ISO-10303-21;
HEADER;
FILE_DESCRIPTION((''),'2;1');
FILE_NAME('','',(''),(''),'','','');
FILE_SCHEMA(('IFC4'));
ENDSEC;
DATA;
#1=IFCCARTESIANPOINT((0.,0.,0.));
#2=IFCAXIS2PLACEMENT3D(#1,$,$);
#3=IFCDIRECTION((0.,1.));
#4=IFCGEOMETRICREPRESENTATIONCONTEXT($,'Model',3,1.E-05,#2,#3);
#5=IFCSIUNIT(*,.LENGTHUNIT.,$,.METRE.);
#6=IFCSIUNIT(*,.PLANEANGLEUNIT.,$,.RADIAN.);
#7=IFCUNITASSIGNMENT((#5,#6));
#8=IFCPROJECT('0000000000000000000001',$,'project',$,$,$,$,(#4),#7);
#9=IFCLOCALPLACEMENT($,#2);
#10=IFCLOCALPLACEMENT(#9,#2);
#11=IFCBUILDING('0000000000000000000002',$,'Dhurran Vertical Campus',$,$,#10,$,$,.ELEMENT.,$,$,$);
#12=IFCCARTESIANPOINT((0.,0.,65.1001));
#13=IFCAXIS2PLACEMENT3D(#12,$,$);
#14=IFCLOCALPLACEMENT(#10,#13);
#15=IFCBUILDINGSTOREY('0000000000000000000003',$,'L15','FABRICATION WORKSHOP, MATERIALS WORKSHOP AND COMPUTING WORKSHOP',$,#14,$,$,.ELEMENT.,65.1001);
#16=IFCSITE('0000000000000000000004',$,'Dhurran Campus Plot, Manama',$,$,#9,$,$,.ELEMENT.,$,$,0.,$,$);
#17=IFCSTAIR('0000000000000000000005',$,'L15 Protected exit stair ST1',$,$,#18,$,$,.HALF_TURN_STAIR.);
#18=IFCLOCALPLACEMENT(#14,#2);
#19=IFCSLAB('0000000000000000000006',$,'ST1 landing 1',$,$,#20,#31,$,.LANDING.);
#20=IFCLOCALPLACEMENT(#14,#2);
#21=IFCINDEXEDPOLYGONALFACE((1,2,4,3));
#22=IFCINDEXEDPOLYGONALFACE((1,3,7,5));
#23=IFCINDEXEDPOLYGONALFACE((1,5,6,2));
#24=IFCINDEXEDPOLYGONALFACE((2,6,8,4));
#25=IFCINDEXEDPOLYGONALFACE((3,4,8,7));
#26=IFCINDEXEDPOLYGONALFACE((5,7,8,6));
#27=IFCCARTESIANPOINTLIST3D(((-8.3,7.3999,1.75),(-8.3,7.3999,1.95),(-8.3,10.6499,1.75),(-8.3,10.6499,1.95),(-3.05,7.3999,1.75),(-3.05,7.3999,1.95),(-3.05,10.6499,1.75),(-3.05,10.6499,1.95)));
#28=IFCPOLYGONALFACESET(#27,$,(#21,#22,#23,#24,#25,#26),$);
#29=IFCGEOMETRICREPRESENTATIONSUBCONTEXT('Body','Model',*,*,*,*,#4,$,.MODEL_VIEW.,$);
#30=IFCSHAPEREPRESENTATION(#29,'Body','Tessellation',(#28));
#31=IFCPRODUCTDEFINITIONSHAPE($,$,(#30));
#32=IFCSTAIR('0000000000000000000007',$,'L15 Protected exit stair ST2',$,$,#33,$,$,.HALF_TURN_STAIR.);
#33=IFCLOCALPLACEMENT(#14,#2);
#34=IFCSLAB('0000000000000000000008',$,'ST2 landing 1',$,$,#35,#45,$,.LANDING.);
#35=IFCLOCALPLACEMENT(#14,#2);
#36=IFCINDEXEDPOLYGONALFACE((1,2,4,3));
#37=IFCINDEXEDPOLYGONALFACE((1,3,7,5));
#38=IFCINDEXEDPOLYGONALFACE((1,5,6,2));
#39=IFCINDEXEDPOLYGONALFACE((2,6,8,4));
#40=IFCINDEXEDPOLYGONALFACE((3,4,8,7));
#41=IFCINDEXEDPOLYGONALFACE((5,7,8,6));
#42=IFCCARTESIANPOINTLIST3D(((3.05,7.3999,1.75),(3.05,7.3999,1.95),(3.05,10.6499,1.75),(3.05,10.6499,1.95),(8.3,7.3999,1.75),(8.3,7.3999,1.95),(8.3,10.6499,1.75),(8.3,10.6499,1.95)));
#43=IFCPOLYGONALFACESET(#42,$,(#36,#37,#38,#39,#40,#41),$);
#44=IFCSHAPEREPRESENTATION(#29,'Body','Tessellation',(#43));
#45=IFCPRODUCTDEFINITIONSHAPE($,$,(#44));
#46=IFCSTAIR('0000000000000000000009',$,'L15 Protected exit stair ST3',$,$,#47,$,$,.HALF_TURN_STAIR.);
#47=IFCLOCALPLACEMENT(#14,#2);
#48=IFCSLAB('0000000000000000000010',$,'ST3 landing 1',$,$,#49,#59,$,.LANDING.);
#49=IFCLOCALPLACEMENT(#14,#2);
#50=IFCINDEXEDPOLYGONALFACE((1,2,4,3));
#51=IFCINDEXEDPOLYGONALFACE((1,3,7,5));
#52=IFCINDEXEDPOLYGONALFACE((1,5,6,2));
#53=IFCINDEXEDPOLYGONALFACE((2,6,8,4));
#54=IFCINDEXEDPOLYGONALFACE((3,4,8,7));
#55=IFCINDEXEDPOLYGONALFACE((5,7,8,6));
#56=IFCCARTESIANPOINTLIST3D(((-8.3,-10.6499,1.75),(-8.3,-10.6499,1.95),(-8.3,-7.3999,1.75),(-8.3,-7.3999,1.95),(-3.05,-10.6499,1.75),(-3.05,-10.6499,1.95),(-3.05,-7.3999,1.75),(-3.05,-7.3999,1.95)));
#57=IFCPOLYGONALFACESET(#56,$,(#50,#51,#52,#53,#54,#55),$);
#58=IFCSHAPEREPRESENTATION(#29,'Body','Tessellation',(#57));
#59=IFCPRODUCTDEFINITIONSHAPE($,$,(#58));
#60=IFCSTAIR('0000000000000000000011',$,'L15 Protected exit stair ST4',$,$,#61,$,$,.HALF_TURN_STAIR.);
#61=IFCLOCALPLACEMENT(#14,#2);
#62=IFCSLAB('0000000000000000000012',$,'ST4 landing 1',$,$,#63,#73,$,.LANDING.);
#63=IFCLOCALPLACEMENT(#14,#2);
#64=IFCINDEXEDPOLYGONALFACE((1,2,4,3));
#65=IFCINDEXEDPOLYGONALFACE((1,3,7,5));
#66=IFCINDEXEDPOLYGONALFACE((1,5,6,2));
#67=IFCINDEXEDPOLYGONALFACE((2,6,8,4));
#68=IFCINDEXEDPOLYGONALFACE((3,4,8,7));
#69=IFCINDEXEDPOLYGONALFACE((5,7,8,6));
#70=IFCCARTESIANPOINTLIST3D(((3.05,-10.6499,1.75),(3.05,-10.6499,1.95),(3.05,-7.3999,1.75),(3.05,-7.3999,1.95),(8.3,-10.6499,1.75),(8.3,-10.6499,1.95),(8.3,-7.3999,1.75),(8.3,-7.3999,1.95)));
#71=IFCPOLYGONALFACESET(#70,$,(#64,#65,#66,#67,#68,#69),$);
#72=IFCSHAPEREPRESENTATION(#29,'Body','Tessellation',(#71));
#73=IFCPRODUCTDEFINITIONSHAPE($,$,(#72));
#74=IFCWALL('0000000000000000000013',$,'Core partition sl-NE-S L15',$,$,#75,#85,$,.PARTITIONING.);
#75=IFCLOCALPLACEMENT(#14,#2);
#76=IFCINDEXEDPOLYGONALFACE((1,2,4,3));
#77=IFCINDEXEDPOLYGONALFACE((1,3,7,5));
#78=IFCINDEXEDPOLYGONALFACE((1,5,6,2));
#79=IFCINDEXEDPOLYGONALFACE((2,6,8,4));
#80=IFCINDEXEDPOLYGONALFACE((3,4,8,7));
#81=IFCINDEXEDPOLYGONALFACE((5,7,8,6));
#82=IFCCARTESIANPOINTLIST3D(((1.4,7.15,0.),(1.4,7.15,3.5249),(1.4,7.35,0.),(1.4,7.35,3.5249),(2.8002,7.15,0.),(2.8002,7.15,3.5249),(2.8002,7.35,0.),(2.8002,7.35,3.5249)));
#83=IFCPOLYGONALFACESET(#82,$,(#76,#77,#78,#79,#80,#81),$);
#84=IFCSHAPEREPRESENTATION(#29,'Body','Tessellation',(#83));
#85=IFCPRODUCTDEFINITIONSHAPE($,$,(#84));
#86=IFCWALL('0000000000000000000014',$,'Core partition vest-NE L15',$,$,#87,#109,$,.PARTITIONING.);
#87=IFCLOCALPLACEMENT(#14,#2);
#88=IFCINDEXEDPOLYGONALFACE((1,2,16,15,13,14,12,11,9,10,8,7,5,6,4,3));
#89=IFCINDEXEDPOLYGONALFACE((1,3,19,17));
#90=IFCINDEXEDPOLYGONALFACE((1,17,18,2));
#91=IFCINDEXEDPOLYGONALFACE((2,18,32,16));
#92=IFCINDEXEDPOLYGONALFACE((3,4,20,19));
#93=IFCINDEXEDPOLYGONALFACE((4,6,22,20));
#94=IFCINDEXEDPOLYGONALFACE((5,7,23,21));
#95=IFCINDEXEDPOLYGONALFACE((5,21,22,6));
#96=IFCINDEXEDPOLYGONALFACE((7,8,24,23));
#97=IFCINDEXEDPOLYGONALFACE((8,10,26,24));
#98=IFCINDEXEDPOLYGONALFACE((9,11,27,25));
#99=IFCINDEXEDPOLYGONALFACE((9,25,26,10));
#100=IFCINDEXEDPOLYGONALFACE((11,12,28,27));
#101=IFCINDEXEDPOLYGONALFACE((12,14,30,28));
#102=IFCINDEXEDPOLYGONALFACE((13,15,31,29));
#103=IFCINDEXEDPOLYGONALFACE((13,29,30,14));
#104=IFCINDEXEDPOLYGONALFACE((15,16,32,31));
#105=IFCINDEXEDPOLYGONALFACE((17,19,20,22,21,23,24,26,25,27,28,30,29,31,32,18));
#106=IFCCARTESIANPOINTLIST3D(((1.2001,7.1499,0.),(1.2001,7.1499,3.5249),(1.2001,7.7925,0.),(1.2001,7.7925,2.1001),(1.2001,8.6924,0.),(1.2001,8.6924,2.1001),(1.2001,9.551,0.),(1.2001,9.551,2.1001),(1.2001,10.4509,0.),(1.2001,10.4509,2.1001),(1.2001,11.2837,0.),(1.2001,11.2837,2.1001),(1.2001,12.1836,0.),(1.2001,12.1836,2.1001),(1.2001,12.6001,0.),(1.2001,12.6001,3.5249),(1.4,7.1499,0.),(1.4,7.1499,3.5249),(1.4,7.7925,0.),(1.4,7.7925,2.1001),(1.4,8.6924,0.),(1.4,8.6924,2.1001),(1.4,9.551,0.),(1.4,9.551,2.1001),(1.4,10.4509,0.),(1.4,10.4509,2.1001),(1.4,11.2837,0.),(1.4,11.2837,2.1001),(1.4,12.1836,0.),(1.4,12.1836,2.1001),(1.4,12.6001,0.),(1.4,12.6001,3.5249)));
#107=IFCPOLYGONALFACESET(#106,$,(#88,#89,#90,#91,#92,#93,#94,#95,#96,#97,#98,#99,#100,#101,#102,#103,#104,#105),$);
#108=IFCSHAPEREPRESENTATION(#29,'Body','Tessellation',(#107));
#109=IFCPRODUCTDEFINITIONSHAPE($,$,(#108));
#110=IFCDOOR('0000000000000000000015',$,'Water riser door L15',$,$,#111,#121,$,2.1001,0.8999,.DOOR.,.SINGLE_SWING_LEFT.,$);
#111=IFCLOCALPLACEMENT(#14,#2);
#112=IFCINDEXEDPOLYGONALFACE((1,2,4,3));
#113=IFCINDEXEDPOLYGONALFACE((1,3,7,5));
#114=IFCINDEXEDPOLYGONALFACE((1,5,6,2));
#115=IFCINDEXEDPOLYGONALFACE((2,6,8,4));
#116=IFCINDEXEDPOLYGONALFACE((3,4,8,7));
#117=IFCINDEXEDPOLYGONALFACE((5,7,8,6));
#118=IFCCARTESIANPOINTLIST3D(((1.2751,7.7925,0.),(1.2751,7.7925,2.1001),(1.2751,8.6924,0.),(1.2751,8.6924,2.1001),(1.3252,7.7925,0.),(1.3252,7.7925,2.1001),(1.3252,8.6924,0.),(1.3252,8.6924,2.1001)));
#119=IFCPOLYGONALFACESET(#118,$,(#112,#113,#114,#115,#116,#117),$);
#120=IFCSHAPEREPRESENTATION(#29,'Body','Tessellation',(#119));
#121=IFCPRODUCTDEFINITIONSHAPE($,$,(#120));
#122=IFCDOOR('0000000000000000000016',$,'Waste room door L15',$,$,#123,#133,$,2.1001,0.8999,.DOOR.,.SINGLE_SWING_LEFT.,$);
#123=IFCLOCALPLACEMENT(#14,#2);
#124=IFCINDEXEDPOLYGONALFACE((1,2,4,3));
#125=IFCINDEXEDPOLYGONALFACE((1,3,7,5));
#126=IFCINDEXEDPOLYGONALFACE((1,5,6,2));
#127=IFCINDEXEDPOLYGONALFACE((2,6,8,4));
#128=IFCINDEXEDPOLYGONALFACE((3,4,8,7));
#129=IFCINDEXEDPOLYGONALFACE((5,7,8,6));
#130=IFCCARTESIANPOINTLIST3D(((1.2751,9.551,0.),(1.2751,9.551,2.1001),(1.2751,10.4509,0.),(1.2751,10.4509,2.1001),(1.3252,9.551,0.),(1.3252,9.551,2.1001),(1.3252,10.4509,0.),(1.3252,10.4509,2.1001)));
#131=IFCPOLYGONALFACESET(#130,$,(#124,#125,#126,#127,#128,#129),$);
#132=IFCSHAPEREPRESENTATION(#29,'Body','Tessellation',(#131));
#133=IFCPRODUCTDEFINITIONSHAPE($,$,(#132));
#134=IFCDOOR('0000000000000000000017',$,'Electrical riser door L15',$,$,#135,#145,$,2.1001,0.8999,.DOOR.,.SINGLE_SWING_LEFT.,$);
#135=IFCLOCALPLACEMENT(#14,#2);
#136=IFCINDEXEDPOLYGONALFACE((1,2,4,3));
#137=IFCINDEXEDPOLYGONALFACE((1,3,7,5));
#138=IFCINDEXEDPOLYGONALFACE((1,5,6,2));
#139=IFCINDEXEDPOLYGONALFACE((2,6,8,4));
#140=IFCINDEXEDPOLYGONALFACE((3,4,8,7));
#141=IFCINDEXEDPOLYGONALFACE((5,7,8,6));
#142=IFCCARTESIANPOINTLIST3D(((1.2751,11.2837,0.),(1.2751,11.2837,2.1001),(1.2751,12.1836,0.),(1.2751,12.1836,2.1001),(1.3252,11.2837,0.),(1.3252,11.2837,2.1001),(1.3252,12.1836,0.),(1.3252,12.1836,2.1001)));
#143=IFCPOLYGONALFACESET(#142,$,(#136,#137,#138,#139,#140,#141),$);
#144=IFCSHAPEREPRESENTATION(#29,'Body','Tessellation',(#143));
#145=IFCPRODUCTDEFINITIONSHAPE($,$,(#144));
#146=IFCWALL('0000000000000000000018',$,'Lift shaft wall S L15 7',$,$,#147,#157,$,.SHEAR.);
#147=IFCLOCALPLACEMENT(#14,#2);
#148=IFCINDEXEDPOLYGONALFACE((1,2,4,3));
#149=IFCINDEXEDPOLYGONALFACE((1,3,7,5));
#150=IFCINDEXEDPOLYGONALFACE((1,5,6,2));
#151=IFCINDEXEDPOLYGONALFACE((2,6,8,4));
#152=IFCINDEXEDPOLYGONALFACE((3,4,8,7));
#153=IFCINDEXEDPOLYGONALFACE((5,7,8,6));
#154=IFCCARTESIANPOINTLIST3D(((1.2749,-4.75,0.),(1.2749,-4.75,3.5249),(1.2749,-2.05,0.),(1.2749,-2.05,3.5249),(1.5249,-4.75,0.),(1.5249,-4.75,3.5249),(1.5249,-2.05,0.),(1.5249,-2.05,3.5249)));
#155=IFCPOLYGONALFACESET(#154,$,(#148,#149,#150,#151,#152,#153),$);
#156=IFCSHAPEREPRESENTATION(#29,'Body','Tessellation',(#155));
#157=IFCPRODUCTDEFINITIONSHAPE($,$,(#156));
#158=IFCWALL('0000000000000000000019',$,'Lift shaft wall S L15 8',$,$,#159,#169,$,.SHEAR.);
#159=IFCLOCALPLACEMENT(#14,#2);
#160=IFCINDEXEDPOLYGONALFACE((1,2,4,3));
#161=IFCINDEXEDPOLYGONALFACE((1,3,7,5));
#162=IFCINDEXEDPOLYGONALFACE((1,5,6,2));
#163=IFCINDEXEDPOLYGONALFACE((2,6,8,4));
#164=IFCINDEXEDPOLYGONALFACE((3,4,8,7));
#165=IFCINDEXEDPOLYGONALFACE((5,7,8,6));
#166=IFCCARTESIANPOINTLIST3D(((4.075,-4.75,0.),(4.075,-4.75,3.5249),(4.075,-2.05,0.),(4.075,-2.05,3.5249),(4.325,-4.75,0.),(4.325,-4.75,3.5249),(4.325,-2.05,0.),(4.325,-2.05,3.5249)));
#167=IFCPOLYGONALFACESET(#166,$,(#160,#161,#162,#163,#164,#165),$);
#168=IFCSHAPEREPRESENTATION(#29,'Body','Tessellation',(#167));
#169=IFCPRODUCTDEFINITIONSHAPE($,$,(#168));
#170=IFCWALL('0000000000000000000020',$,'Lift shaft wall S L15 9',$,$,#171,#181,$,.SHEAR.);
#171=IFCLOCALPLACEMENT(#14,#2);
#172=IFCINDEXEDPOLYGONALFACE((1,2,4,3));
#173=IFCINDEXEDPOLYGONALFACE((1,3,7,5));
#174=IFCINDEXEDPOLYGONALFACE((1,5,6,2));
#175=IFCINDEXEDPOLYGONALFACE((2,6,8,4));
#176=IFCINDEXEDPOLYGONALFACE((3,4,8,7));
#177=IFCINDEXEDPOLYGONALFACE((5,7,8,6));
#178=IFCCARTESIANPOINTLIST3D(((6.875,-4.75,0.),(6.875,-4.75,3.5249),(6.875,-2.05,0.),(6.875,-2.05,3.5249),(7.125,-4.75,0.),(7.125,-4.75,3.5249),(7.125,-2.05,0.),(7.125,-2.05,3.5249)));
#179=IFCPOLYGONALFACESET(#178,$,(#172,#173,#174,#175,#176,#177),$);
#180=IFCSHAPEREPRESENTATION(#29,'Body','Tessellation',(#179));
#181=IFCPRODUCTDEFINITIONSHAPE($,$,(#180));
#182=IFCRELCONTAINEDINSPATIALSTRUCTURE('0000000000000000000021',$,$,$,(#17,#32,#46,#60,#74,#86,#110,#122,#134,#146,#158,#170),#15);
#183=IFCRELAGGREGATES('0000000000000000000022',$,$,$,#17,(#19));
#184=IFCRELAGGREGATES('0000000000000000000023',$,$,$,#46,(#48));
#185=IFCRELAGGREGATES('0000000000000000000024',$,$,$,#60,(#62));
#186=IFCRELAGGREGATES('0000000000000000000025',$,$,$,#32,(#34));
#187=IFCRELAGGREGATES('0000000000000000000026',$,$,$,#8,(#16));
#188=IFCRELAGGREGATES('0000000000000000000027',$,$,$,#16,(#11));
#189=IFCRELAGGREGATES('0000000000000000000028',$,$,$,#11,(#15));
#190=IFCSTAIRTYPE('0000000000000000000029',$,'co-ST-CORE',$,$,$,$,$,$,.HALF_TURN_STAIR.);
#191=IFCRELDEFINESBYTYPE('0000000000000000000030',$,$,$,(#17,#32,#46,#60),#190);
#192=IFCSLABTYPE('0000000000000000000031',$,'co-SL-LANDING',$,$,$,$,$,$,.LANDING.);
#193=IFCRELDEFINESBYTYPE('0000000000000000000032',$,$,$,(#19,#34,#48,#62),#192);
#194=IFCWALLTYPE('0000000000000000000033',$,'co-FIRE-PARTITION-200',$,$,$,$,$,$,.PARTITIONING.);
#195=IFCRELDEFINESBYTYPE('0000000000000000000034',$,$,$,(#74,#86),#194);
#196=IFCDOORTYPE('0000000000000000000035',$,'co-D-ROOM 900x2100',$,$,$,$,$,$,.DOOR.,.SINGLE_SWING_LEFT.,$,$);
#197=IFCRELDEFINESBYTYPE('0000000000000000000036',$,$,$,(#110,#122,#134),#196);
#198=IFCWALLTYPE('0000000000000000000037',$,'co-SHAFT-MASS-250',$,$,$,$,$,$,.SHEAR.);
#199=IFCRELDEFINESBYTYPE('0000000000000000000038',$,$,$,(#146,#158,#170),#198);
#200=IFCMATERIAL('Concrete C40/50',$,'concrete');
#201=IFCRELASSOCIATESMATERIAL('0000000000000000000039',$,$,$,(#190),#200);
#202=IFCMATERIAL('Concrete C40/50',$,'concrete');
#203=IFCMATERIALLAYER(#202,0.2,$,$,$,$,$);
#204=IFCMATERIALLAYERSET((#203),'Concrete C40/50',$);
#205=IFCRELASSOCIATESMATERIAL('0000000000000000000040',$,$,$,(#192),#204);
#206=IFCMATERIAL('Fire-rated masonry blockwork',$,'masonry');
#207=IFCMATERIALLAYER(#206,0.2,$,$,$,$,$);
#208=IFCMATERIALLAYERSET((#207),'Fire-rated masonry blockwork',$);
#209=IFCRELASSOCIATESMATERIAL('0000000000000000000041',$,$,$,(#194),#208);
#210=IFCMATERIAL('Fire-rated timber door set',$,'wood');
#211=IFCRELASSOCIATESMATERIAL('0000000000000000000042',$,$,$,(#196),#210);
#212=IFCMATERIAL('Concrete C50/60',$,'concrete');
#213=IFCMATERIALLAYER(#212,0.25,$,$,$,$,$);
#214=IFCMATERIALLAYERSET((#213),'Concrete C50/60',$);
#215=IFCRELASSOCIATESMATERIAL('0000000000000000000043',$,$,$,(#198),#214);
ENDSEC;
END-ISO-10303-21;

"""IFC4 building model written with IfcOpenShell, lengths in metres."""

from ifc_helpers import new_model, si_unit, direction, frame, frame_2d, origin, place, context, subcontext, project, spatial, polyline, rectangle, outline, extrude, material, layer, layer_set, type_object, element, fill, aggregate, save


model = new_model("IFC4")

# Units and contexts
model_context = context("Model", 3, precision=1e-05, world=origin(), true_north=direction((0.0, 1.0)))
body_context = subcontext(model_context, "Body", "Model", "MODEL_VIEW")
ifc_project = project(units=[si_unit("LENGTHUNIT", "METRE"), si_unit("PLANEANGLEUNIT", "RADIAN")], contexts=[model_context])

# Site, building, storey
site_placement = place(None, origin())
site = spatial("IfcSite", under=ifc_project, at=site_placement, Name="Dhurran Campus Plot, Manama", CompositionType="ELEMENT", RefElevation=0.0)
building_placement = place(site_placement, origin())
building = spatial("IfcBuilding", under=site, at=building_placement, Name="Dhurran Vertical Campus", CompositionType="ELEMENT")
storey_placement = place(building_placement, frame((0.0, 0.0, 65.1001)))
storey = spatial("IfcBuildingStorey", under=building, at=storey_placement, Name="L15", Description="FABRICATION WORKSHOP, MATERIALS WORKSHOP AND COMPUTING WORKSHOP", CompositionType="ELEMENT", Elevation=65.1001)

# Stairs, slabs
ifc_material_1 = material(Name="Concrete C40/50", Category="concrete")
stair_type = type_object("IfcStairType", Name="co-ST-CORE", PredefinedType="HALF_TURN_STAIR", material=ifc_material_1)
stair_1_placement = place(storey_placement, origin())
stair_1 = element("IfcStair", 1, at=stair_1_placement, inside=storey, type_object=stair_type, Name="L15 Protected exit stair ST1", PredefinedType="HALF_TURN_STAIR")
ifc_material_2 = material(Name="Concrete C40/50", Category="concrete")
ifc_layer_1 = layer(ifc_material_2, 0.2)
ifc_layer_set_1 = layer_set([ifc_layer_1], Name="Concrete C40/50")
slab_type = type_object("IfcSlabType", Name="co-SL-LANDING", PredefinedType="LANDING", material=ifc_layer_set_1)
slab_1_placement = place(storey_placement, frame((0.0, 0.0, 1.75)))
slab_1 = element("IfcSlab", 2, at=slab_1_placement, type_object=slab_type, Name="ST1 landing 1", PredefinedType="LANDING", context=body_context, shape_type="SweptSolid", body=[
    extrude(outline(polyline([(-8.3, 7.3999), (-3.05, 7.3999), (-3.05, 10.6499), (-8.3, 10.6499), (-8.3, 7.3999)])), origin(), (0.0, 0.0, 1.0), 0.2),
])
aggregate(stair_1, [slab_1])
stair_2_placement = place(storey_placement, origin())
stair_2 = element("IfcStair", 3, at=stair_2_placement, inside=storey, type_object=stair_type, Name="L15 Protected exit stair ST2", PredefinedType="HALF_TURN_STAIR")
slab_2_placement = place(storey_placement, frame((0.0, 0.0, 1.75)))
slab_2 = element("IfcSlab", 4, at=slab_2_placement, type_object=slab_type, Name="ST2 landing 1", PredefinedType="LANDING", context=body_context, shape_type="SweptSolid", body=[
    extrude(outline(polyline([(8.3, 10.6499), (3.05, 10.6499), (3.05, 7.3999), (8.3, 7.3999), (8.3, 10.6499)])), origin(), (0.0, 0.0, 1.0), 0.2),
])
stair_3_placement = place(storey_placement, origin())
stair_3 = element("IfcStair", 5, at=stair_3_placement, inside=storey, type_object=stair_type, Name="L15 Protected exit stair ST3", PredefinedType="HALF_TURN_STAIR")
slab_3_placement = place(storey_placement, frame((0.0, 0.0, 1.75)))
slab_3 = element("IfcSlab", 6, at=slab_3_placement, type_object=slab_type, Name="ST3 landing 1", PredefinedType="LANDING", context=body_context, shape_type="SweptSolid", body=[
    extrude(outline(polyline([(-8.3, -10.6499), (-3.05, -10.6499), (-3.05, -7.3999), (-8.3, -7.3999), (-8.3, -10.6499)])), origin(), (0.0, 0.0, 1.0), 0.2),
])
aggregate(stair_3, [slab_3])
stair_4_placement = place(storey_placement, origin())
stair_4 = element("IfcStair", 7, at=stair_4_placement, inside=storey, type_object=stair_type, Name="L15 Protected exit stair ST4", PredefinedType="HALF_TURN_STAIR")
slab_4_placement = place(storey_placement, frame((0.0, 0.0, 1.75)))
slab_4 = element("IfcSlab", 8, at=slab_4_placement, type_object=slab_type, Name="ST4 landing 1", PredefinedType="LANDING", context=body_context, shape_type="SweptSolid", body=[
    extrude(outline(polyline([(8.3, -7.3999), (3.05, -7.3999), (3.05, -10.6499), (8.3, -10.6499), (8.3, -7.3999)])), origin(), (0.0, 0.0, 1.0), 0.2),
])
aggregate(stair_4, [slab_4])

# Wall
ifc_material_3 = material(Name="Fire-rated masonry blockwork", Category="masonry")
ifc_layer_2 = layer(ifc_material_3, 0.2)
ifc_layer_set_2 = layer_set([ifc_layer_2], Name="Fire-rated masonry blockwork")
wall_type_1 = type_object("IfcWallType", Name="co-FIRE-PARTITION-200", PredefinedType="PARTITIONING", material=ifc_layer_set_2)
wall_1_placement = place(storey_placement, frame((1.3999, 7.25, 0.0), z_axis=(0.0, 0.0, 1.0), x_axis=(1.0, 0.0, 0.0)))
element("IfcWall", 9, at=wall_1_placement, inside=storey, type_object=wall_type_1, Name="Core partition sl-NE-S L15", PredefinedType="PARTITIONING", context=body_context, shape_type="SweptSolid", body=[
    extrude(rectangle(XDim=1.4001, YDim=0.2, at=frame_2d((0.7002, 0.0))), origin(), (0.0, 0.0, 1.0), 3.5249),
])

# Wall, openings, doors
wall_2_placement = place(storey_placement, frame((1.3, 7.1499, 0.0), z_axis=(0.0, 0.0, 1.0), x_axis=(0.0, 1.0, 0.0)))
wall_2 = element("IfcWall", 10, at=wall_2_placement, inside=storey, type_object=wall_type_1, Name="Core partition vest-NE L15", PredefinedType="PARTITIONING", context=body_context, shape_type="SweptSolid", body=[
    extrude(rectangle(XDim=5.4502, YDim=0.2, at=frame_2d((2.7251, 0.0))), origin(), (0.0, 0.0, 1.0), 3.5249),
])
opening_1_placement = place(wall_2_placement, frame((0.6426, 0.0, 0.0)))
opening_1 = element("IfcOpeningElement", 11, at=opening_1_placement, cuts=wall_2, PredefinedType="OPENING", context=body_context, shape_type="SweptSolid", body=[
    extrude(rectangle(XDim=0.8999, YDim=2.1001, at=frame_2d((0.45, 1.05))), frame((0.0, 0.1099, 0.0), z_axis=(0.0, -1.0, 0.0), x_axis=(1.0, 0.0, 0.0)), (0.0, 0.0, 1.0), 0.22),
])
opening_2_placement = place(wall_2_placement, frame((2.4011, 0.0, 0.0)))
opening_2 = element("IfcOpeningElement", 12, at=opening_2_placement, cuts=wall_2, PredefinedType="OPENING", context=body_context, shape_type="SweptSolid", body=[
    extrude(rectangle(XDim=0.8999, YDim=2.1001, at=frame_2d((0.45, 1.05))), frame((0.0, 0.1099, 0.0), z_axis=(0.0, -1.0, 0.0), x_axis=(1.0, 0.0, 0.0)), (0.0, 0.0, 1.0), 0.22),
])
opening_3_placement = place(wall_2_placement, frame((4.1338, 0.0, 0.0)))
opening_3 = element("IfcOpeningElement", 13, at=opening_3_placement, cuts=wall_2, PredefinedType="OPENING", context=body_context, shape_type="SweptSolid", body=[
    extrude(rectangle(XDim=0.8999, YDim=2.1001, at=frame_2d((0.45, 1.05))), frame((0.0, 0.1099, 0.0), z_axis=(0.0, -1.0, 0.0), x_axis=(1.0, 0.0, 0.0)), (0.0, 0.0, 1.0), 0.22),
])
ifc_material_4 = material(Name="Fire-rated timber door set", Category="wood")
door_type_1 = type_object("IfcDoorType", Name="co-D-ROOM 900x2100", OperationType="SINGLE_SWING_LEFT", PredefinedType="DOOR", material=ifc_material_4)
door_1_placement = place(opening_1_placement, origin())
door_1 = element("IfcDoor", 14, at=door_1_placement, inside=storey, type_object=door_type_1, Name="Water riser door L15", OperationType="SINGLE_SWING_LEFT", OverallHeight=2.1001, OverallWidth=0.8999, PredefinedType="DOOR", context=body_context, shape_type="SweptSolid", body=[
    extrude(rectangle(XDim=0.8999, YDim=2.1001, at=frame_2d((0.45, 1.05))), frame((0.0, 0.0249, 0.0), z_axis=(0.0, -1.0, 0.0), x_axis=(1.0, 0.0, 0.0)), (0.0, 0.0, 1.0), 0.05),
])
fill(opening_1, door_1)
door_2_placement = place(opening_2_placement, origin())
door_2 = element("IfcDoor", 15, at=door_2_placement, inside=storey, type_object=door_type_1, Name="Waste room door L15", OperationType="SINGLE_SWING_LEFT", OverallHeight=2.1001, OverallWidth=0.8999, PredefinedType="DOOR", context=body_context, shape_type="SweptSolid", body=[
    extrude(rectangle(XDim=0.8999, YDim=2.1001, at=frame_2d((0.45, 1.05))), frame((0.0, 0.0249, 0.0), z_axis=(0.0, -1.0, 0.0), x_axis=(1.0, 0.0, 0.0)), (0.0, 0.0, 1.0), 0.05),
])
fill(opening_2, door_2)
door_3_placement = place(opening_3_placement, origin())
door_3 = element("IfcDoor", 16, at=door_3_placement, inside=storey, type_object=door_type_1, Name="Electrical riser door L15", OperationType="SINGLE_SWING_LEFT", OverallHeight=2.1001, OverallWidth=0.8999, PredefinedType="DOOR", context=body_context, shape_type="SweptSolid", body=[
    extrude(rectangle(XDim=0.8999, YDim=2.1001, at=frame_2d((0.45, 1.05))), frame((0.0, 0.0249, 0.0), z_axis=(0.0, -1.0, 0.0), x_axis=(1.0, 0.0, 0.0)), (0.0, 0.0, 1.0), 0.05),
])
fill(opening_3, door_3)

# Walls
ifc_material_5 = material(Name="Concrete C50/60", Category="concrete")
ifc_layer_3 = layer(ifc_material_5, 0.25)
ifc_layer_set_3 = layer_set([ifc_layer_3], Name="Concrete C50/60")
wall_type_2 = type_object("IfcWallType", Name="co-SHAFT-MASS-250", PredefinedType="SHEAR", material=ifc_layer_set_3)
wall_3_placement = place(storey_placement, origin())
element("IfcWall", 17, at=wall_3_placement, inside=storey, type_object=wall_type_2, Name="Lift shaft wall S L15 7", PredefinedType="SHEAR", context=body_context, shape_type="SweptSolid", body=[
    extrude(outline(polyline([(1.2749, -4.75), (1.5249, -4.75), (1.5249, -2.05), (1.2749, -2.05), (1.2749, -4.75)])), origin(), (0.0, 0.0, 1.0), 3.5249),
])
wall_4_placement = place(storey_placement, origin())
element("IfcWall", 18, at=wall_4_placement, inside=storey, type_object=wall_type_2, Name="Lift shaft wall S L15 8", PredefinedType="SHEAR", context=body_context, shape_type="SweptSolid", body=[
    extrude(outline(polyline([(4.075, -4.75), (4.325, -4.75), (4.325, -2.05), (4.075, -2.05), (4.075, -4.75)])), origin(), (0.0, 0.0, 1.0), 3.5249),
])
wall_5_placement = place(storey_placement, origin())
element("IfcWall", 19, at=wall_5_placement, inside=storey, type_object=wall_type_2, Name="Lift shaft wall S L15 9", PredefinedType="SHEAR", context=body_context, shape_type="SweptSolid", body=[
    extrude(outline(polyline([(6.875, -4.75), (7.125, -4.75), (7.125, -2.05), (6.875, -2.05), (6.875, -4.75)])), origin(), (0.0, 0.0, 1.0), 3.5249),
])

aggregate(stair_2, [slab_2])

save(model, "model.ifc")
